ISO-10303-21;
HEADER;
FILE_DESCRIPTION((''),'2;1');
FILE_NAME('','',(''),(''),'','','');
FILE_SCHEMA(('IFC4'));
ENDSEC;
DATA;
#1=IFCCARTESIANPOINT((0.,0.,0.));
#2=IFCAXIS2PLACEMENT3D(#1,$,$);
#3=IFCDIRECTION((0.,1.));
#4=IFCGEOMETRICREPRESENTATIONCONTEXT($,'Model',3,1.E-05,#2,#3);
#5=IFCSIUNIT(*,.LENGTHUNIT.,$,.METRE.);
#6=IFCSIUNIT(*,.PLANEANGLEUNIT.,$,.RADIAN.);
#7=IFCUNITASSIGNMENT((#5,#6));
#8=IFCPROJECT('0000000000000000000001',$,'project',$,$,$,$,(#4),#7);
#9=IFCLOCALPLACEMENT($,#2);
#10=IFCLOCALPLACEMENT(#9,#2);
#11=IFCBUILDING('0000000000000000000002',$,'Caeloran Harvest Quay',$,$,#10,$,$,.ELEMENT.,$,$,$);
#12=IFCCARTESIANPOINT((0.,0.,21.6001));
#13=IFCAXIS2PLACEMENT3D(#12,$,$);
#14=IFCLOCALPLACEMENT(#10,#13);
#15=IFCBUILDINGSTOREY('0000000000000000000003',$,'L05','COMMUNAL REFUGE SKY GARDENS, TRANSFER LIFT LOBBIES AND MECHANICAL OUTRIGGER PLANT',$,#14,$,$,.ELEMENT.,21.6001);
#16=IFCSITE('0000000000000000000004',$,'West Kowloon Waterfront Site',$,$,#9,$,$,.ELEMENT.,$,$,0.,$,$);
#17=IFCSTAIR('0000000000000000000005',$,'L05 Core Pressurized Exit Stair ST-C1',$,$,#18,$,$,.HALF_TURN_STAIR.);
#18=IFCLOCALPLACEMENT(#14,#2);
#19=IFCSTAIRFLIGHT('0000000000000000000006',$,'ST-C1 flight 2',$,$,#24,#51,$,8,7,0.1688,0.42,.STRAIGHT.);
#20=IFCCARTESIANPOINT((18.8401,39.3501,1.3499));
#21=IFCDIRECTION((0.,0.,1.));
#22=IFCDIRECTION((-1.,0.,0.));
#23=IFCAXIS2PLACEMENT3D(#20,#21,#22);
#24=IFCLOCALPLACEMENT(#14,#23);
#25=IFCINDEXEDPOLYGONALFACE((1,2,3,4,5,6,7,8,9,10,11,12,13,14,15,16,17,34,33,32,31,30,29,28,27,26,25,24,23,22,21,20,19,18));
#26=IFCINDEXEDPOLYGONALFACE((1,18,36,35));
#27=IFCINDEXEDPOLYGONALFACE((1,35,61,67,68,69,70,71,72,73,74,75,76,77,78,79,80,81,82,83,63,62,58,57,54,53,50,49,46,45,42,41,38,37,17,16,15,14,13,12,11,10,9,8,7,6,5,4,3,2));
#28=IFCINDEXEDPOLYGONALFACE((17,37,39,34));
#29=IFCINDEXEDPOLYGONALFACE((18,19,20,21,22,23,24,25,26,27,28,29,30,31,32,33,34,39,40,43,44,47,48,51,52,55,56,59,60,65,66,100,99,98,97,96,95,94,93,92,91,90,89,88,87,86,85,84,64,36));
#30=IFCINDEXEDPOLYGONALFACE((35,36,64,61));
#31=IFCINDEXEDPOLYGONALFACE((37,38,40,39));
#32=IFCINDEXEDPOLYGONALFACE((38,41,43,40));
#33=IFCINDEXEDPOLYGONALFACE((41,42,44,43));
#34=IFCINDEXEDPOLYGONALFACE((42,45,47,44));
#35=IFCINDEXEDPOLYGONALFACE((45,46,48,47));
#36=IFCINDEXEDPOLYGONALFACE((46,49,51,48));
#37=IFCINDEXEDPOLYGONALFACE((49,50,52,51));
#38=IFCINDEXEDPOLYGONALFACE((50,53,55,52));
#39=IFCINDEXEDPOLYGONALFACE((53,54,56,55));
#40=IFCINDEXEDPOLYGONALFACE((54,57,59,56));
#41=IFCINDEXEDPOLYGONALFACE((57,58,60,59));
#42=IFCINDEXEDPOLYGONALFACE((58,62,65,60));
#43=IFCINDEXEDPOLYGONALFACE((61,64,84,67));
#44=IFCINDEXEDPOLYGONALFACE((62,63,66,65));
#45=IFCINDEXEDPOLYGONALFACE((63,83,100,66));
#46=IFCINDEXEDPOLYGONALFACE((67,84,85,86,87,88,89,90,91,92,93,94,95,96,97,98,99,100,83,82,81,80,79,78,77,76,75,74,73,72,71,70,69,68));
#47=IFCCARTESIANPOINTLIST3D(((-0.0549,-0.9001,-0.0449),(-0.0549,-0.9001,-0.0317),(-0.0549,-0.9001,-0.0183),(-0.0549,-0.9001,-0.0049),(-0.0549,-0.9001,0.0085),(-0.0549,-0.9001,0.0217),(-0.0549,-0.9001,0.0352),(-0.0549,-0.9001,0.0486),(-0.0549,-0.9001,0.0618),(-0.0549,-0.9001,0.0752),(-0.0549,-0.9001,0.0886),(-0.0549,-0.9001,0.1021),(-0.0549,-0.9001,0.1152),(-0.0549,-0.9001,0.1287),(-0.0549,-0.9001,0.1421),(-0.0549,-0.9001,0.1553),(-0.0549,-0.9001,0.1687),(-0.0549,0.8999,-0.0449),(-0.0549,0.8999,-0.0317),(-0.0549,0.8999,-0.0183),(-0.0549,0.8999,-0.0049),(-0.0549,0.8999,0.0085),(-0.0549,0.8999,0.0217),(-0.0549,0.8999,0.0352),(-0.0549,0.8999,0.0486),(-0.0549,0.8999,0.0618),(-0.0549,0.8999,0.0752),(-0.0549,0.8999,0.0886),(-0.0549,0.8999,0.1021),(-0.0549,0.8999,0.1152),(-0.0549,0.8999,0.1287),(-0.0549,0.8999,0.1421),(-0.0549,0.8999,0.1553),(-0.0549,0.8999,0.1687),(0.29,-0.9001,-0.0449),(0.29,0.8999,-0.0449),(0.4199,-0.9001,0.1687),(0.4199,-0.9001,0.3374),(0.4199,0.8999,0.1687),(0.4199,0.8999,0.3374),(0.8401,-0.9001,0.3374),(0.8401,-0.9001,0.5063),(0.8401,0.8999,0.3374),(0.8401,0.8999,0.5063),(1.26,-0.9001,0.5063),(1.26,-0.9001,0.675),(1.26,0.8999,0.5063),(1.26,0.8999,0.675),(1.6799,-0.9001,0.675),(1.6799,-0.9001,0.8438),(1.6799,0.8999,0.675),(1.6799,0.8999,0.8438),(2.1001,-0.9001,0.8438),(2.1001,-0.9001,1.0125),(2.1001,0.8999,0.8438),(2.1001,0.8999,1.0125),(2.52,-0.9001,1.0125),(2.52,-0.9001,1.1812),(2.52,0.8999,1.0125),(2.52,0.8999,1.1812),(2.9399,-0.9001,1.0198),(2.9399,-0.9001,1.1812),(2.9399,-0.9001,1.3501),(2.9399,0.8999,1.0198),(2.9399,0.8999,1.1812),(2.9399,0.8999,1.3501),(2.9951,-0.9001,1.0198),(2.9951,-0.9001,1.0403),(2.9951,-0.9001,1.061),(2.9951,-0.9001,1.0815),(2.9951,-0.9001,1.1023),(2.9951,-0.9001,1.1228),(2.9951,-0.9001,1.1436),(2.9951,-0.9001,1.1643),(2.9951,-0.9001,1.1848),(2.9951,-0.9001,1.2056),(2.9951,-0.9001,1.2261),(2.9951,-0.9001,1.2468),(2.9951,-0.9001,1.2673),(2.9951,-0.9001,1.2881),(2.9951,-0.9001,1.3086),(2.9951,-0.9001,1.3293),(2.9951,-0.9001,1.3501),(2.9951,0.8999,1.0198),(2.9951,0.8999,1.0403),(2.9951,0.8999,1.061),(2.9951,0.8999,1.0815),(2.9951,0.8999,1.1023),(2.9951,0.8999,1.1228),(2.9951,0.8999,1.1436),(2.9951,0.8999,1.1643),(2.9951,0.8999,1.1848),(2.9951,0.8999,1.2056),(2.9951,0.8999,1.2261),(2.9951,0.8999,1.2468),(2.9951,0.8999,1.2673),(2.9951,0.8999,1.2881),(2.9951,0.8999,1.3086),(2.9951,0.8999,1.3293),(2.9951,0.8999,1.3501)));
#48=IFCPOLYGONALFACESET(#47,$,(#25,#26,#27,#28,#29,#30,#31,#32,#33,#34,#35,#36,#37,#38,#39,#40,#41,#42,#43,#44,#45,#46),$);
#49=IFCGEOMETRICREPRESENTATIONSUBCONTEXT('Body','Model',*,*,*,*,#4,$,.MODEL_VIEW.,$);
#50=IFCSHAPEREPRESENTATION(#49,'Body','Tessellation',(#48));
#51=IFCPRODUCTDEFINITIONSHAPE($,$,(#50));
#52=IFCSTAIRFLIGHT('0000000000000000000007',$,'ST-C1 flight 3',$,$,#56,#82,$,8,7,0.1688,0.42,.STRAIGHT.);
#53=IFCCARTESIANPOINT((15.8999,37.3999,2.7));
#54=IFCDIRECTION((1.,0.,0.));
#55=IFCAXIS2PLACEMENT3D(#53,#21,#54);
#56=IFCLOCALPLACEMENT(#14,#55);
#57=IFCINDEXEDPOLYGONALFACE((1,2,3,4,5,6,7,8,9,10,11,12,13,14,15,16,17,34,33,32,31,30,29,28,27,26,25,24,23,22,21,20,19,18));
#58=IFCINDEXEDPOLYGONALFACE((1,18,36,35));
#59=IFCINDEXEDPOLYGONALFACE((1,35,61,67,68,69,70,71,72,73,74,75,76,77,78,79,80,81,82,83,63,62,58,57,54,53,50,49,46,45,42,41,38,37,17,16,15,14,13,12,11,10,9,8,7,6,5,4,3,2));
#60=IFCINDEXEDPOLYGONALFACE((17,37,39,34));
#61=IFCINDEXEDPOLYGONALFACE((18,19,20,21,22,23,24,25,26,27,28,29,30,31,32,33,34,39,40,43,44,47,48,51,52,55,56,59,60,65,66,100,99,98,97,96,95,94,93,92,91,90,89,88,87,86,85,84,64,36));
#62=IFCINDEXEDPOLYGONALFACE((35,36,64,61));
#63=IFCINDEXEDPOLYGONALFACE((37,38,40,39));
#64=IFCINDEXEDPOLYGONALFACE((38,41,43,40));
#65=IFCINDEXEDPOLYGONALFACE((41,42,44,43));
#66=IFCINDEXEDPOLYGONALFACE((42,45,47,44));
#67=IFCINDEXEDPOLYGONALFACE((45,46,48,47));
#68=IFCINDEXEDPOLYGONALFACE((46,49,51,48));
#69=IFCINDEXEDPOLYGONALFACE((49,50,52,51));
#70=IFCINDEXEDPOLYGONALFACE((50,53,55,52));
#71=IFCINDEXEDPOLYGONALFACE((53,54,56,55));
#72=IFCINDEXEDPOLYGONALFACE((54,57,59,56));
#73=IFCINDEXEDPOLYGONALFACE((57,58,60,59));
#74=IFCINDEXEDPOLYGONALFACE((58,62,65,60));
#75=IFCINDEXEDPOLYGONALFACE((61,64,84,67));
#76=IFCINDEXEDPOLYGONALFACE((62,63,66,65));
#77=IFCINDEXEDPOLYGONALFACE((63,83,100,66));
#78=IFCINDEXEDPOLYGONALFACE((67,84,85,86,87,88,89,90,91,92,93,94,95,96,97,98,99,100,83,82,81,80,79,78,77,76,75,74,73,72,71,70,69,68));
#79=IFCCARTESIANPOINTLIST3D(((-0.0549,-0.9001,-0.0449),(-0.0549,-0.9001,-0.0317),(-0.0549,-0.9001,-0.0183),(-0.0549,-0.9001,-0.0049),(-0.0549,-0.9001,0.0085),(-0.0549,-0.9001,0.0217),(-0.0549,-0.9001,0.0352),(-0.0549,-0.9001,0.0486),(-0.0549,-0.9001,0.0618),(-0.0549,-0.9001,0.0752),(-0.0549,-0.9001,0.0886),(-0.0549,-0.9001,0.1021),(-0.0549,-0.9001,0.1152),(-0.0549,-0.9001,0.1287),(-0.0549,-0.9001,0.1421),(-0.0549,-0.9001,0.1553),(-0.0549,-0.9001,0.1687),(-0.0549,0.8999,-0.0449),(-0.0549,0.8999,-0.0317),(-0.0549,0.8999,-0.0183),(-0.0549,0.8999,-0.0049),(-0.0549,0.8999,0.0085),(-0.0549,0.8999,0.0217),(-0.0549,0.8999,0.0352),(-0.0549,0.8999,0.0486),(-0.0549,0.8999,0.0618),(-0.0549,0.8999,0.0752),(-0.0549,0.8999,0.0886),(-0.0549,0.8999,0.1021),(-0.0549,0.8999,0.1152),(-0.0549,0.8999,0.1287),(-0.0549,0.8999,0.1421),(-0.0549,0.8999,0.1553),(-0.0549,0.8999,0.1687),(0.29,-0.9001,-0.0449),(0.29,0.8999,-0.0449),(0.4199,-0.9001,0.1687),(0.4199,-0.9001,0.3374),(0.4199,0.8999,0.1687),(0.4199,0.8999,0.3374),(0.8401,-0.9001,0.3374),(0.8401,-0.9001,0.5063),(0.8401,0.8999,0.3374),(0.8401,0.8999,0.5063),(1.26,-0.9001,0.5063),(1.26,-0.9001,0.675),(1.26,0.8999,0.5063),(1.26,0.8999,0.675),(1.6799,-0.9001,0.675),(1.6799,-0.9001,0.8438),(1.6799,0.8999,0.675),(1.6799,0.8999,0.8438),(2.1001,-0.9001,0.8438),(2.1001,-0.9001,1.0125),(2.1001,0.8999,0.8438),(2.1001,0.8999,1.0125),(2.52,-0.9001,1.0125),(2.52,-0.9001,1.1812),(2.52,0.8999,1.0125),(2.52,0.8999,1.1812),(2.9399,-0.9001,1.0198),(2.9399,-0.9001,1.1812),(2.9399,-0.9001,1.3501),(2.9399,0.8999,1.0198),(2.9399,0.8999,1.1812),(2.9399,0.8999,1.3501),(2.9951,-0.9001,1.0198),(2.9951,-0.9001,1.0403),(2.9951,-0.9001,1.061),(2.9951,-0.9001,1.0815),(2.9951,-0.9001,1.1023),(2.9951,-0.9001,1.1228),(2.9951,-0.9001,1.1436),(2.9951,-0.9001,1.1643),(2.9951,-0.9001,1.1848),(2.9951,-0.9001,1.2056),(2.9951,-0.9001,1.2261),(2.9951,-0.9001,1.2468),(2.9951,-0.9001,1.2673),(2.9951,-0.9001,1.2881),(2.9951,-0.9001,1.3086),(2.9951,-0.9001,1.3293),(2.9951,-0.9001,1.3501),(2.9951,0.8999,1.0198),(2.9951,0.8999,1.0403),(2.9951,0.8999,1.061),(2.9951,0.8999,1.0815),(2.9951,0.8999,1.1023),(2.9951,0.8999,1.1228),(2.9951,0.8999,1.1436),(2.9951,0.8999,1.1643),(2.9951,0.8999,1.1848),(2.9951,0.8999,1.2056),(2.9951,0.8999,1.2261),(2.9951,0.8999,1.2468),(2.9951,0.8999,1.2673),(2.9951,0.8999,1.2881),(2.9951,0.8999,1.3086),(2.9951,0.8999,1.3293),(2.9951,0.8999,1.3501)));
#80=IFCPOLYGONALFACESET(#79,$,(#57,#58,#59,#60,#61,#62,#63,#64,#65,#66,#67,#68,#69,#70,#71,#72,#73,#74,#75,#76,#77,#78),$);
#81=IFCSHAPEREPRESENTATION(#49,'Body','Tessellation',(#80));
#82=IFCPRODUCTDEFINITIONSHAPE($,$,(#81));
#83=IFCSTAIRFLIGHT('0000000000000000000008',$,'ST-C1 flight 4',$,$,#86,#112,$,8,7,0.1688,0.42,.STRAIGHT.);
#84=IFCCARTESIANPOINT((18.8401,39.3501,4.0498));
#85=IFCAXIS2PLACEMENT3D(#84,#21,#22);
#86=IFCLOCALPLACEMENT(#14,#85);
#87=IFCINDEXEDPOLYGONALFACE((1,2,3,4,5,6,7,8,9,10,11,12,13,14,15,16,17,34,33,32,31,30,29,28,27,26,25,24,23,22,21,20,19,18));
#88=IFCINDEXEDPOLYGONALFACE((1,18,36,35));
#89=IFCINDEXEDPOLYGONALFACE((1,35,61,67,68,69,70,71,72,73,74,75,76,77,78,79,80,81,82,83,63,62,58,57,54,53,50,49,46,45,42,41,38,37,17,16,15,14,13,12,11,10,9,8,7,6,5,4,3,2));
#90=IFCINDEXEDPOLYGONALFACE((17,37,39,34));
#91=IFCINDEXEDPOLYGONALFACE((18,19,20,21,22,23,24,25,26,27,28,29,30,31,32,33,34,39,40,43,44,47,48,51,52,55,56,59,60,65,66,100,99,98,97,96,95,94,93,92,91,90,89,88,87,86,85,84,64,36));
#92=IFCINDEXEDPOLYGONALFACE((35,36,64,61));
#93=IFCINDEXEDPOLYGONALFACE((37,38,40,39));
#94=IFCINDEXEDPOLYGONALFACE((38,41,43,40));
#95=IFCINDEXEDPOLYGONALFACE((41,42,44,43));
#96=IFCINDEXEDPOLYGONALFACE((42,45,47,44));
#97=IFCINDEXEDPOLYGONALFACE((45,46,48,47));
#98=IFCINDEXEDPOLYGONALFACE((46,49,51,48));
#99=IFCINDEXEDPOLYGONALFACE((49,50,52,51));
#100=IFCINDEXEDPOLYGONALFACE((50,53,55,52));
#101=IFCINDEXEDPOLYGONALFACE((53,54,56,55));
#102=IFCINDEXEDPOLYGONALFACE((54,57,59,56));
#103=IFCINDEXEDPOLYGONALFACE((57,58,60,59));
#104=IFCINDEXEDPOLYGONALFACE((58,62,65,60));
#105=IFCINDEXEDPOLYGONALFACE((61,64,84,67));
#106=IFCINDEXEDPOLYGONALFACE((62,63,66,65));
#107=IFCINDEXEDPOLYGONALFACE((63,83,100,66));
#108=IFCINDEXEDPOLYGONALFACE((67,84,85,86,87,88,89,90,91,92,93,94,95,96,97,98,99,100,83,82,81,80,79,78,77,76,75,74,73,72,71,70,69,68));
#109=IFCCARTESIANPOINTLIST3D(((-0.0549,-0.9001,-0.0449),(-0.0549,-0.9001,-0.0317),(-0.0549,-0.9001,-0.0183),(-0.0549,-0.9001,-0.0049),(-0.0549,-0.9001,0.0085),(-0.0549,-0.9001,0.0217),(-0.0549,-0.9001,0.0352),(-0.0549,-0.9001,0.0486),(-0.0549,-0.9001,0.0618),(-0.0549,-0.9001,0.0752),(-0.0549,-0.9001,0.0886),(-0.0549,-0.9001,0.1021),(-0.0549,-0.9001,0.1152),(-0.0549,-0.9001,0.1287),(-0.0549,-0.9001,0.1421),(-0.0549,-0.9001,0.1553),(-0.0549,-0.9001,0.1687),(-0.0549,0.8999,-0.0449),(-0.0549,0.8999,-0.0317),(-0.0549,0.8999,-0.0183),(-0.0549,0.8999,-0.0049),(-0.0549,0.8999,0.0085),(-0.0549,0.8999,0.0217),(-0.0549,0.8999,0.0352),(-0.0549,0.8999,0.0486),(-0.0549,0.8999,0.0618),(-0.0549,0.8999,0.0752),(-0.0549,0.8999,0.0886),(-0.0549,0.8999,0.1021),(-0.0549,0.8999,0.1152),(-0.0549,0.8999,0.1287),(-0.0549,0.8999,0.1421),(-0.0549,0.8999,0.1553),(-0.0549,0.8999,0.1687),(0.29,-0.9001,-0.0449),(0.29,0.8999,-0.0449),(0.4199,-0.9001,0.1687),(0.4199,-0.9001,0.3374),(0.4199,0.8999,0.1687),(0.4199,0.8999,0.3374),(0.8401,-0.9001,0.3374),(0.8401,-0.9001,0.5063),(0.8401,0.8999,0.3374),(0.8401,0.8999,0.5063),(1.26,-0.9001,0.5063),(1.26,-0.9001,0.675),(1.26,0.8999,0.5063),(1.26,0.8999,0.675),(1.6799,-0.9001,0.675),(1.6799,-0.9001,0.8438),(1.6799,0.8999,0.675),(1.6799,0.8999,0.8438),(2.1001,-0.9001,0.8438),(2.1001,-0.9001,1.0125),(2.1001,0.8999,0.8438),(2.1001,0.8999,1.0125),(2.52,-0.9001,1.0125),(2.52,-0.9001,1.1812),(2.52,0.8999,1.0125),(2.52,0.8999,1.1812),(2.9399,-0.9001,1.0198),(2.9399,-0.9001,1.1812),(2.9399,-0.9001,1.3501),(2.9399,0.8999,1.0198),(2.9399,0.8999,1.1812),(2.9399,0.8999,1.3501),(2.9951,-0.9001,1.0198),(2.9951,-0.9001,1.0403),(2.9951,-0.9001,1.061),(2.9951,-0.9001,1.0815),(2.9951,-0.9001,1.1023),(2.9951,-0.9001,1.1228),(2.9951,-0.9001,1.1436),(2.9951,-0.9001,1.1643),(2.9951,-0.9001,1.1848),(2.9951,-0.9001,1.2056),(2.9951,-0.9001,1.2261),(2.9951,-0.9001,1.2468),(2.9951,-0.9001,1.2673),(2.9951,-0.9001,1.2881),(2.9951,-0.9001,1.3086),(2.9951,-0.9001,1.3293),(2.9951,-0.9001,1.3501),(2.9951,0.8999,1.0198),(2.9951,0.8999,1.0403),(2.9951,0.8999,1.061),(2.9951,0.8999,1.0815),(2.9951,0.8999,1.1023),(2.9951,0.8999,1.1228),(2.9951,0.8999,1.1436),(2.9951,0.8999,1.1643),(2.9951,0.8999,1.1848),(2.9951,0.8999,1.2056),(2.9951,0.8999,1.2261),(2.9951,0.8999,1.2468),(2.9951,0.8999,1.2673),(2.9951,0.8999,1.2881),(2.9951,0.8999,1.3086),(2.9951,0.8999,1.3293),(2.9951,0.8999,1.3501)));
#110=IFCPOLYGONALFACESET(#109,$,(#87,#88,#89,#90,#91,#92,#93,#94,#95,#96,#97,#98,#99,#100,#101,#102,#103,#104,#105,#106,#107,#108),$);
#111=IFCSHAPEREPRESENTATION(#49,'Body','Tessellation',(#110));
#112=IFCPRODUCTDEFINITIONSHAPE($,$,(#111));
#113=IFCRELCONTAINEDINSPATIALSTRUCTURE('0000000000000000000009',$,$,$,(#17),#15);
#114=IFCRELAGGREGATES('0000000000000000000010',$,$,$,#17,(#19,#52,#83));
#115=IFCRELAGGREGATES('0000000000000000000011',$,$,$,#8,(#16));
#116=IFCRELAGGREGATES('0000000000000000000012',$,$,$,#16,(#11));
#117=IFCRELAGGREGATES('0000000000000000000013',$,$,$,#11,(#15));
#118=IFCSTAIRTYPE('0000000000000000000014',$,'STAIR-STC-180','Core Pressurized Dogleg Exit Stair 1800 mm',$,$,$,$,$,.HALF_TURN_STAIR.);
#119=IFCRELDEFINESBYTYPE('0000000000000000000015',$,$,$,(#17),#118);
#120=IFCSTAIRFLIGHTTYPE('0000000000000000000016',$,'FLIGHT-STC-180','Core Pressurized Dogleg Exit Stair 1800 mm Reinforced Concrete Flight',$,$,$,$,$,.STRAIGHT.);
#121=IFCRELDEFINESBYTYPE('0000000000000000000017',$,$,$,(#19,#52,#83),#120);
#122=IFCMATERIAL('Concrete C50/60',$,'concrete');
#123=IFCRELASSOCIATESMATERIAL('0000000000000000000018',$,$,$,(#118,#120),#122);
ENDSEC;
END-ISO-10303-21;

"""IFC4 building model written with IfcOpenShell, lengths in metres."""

from ifc_helpers import new_model, si_unit, direction, frame, origin, place, context, subcontext, project, spatial, polyline, outline, extrude, material, type_object, element, aggregate, save


model = new_model("IFC4")

# Units and contexts
model_context = context("Model", 3, precision=1e-05, world=origin(), true_north=direction((0.0, 1.0)))
body_context = subcontext(model_context, "Body", "Model", "MODEL_VIEW")
ifc_project = project(units=[si_unit("LENGTHUNIT", "METRE"), si_unit("PLANEANGLEUNIT", "RADIAN")], contexts=[model_context])

# Site, building, storey
site_placement = place(None, origin())
site = spatial("IfcSite", under=ifc_project, at=site_placement, Name="West Kowloon Waterfront Site", CompositionType="ELEMENT", RefElevation=0.0)
building_placement = place(site_placement, origin())
building = spatial("IfcBuilding", under=site, at=building_placement, Name="Caeloran Harvest Quay", CompositionType="ELEMENT")
storey_placement = place(building_placement, frame((0.0, 0.0, 21.6001)))
storey = spatial("IfcBuildingStorey", under=building, at=storey_placement, Name="L05", Description="COMMUNAL REFUGE SKY GARDENS, TRANSFER LIFT LOBBIES AND MECHANICAL OUTRIGGER PLANT", CompositionType="ELEMENT", Elevation=21.6001)

# Shared definitions
ifc_material_1 = material(Name="Concrete C50/60", Category="concrete")

# Stair, stair flights
stair_type = type_object("IfcStairType", Name="STAIR-STC-180", Description="Core Pressurized Dogleg Exit Stair 1800 mm", PredefinedType="HALF_TURN_STAIR", material=ifc_material_1)
stair_1_placement = place(storey_placement, origin())
stair_1 = element("IfcStair", 1, at=stair_1_placement, inside=storey, type_object=stair_type, Name="L05 Core Pressurized Exit Stair ST-C1", PredefinedType="HALF_TURN_STAIR")
stair_flight_type = type_object("IfcStairFlightType", Name="FLIGHT-STC-180", Description="Core Pressurized Dogleg Exit Stair 1800 mm Reinforced Concrete Flight", PredefinedType="STRAIGHT", material=ifc_material_1)
stair_flight_1_placement = place(storey_placement, frame((18.8401, 39.3501, 1.3499), z_axis=(0.0, 0.0, 1.0), x_axis=(-1.0, 0.0, 0.0)))
stair_flight_1 = element("IfcStairFlight", 2, at=stair_flight_1_placement, type_object=stair_flight_type, Name="ST-C1 flight 2", NumberOfRisers=8, NumberOfTreads=7, PredefinedType="STRAIGHT", RiserHeight=0.1688, TreadLength=0.42, context=body_context, shape_type="SweptSolid", body=[
    extrude(outline(polyline([(-0.0549, -0.0449), (-0.0549, -0.0317), (-0.0549, -0.0183), (-0.0549, -0.0049), (-0.0549, 0.0085), (-0.0549, 0.0217), (-0.0549, 0.0352), (-0.0549, 0.0486), (-0.0549, 0.0618), (-0.0549, 0.0752), (-0.0549, 0.0886), (-0.0549, 0.1021), (-0.0549, 0.1152), (-0.0549, 0.1287), (-0.0549, 0.1421), (-0.0549, 0.1553), (-0.0549, 0.1687), (0.4199, 0.1687), (0.4199, 0.3374), (0.8401, 0.3374), (0.8401, 0.5063), (1.26, 0.5063), (1.26, 0.675), (1.6799, 0.675), (1.6799, 0.8438), (2.1001, 0.8438), (2.1001, 1.0125), (2.52, 1.0125), (2.52, 1.1812), (2.9399, 1.1812), (2.9399, 1.3501), (2.9951, 1.3501), (2.9951, 1.3293), (2.9951, 1.3086), (2.9951, 1.2881), (2.9951, 1.2673), (2.9951, 1.2468), (2.9951, 1.2261), (2.9951, 1.2056), (2.9951, 1.1848), (2.9951, 1.1643), (2.9951, 1.1436), (2.9951, 1.1228), (2.9951, 1.1023), (2.9951, 1.0815), (2.9951, 1.061), (2.9951, 1.0403), (2.9951, 1.0198), (2.9399, 1.0198), (0.29, -0.0449), (-0.0549, -0.0449)])), frame((0.0, 0.8999, 0.0), z_axis=(0.0, -1.0, 0.0), x_axis=(1.0, 0.0, 0.0)), (0.0, 0.0, 1.0), 1.8),
])
stair_flight_2_placement = place(storey_placement, frame((15.8999, 37.3999, 2.7), z_axis=(0.0, 0.0, 1.0), x_axis=(1.0, 0.0, 0.0)))
stair_flight_2 = element("IfcStairFlight", 3, at=stair_flight_2_placement, type_object=stair_flight_type, Name="ST-C1 flight 3", NumberOfRisers=8, NumberOfTreads=7, PredefinedType="STRAIGHT", RiserHeight=0.1688, TreadLength=0.42, context=body_context, shape_type="SweptSolid", body=[
    extrude(outline(polyline([(-0.0549, -0.0449), (-0.0549, -0.0317), (-0.0549, -0.0183), (-0.0549, -0.0049), (-0.0549, 0.0085), (-0.0549, 0.0217), (-0.0549, 0.0352), (-0.0549, 0.0486), (-0.0549, 0.0618), (-0.0549, 0.0752), (-0.0549, 0.0886), (-0.0549, 0.1021), (-0.0549, 0.1152), (-0.0549, 0.1287), (-0.0549, 0.1421), (-0.0549, 0.1553), (-0.0549, 0.1687), (0.4199, 0.1687), (0.4199, 0.3374), (0.8401, 0.3374), (0.8401, 0.5063), (1.26, 0.5063), (1.26, 0.675), (1.6799, 0.675), (1.6799, 0.8438), (2.1001, 0.8438), (2.1001, 1.0125), (2.52, 1.0125), (2.52, 1.1812), (2.9399, 1.1812), (2.9399, 1.3501), (2.9951, 1.3501), (2.9951, 1.3293), (2.9951, 1.3086), (2.9951, 1.2881), (2.9951, 1.2673), (2.9951, 1.2468), (2.9951, 1.2261), (2.9951, 1.2056), (2.9951, 1.1848), (2.9951, 1.1643), (2.9951, 1.1436), (2.9951, 1.1228), (2.9951, 1.1023), (2.9951, 1.0815), (2.9951, 1.061), (2.9951, 1.0403), (2.9951, 1.0198), (2.9399, 1.0198), (0.29, -0.0449), (-0.0549, -0.0449)])), frame((0.0, 0.8999, 0.0), z_axis=(0.0, -1.0, 0.0), x_axis=(1.0, 0.0, 0.0)), (0.0, 0.0, 1.0), 1.8),
])
stair_flight_3_placement = place(storey_placement, frame((18.8401, 39.3501, 4.0498), z_axis=(0.0, 0.0, 1.0), x_axis=(-1.0, 0.0, 0.0)))
stair_flight_3 = element("IfcStairFlight", 4, at=stair_flight_3_placement, type_object=stair_flight_type, Name="ST-C1 flight 4", NumberOfRisers=8, NumberOfTreads=7, PredefinedType="STRAIGHT", RiserHeight=0.1688, TreadLength=0.42, context=body_context, shape_type="SweptSolid", body=[
    extrude(outline(polyline([(-0.0549, -0.0449), (-0.0549, -0.0317), (-0.0549, -0.0183), (-0.0549, -0.0049), (-0.0549, 0.0085), (-0.0549, 0.0217), (-0.0549, 0.0352), (-0.0549, 0.0486), (-0.0549, 0.0618), (-0.0549, 0.0752), (-0.0549, 0.0886), (-0.0549, 0.1021), (-0.0549, 0.1152), (-0.0549, 0.1287), (-0.0549, 0.1421), (-0.0549, 0.1553), (-0.0549, 0.1687), (0.4199, 0.1687), (0.4199, 0.3374), (0.8401, 0.3374), (0.8401, 0.5063), (1.26, 0.5063), (1.26, 0.675), (1.6799, 0.675), (1.6799, 0.8438), (2.1001, 0.8438), (2.1001, 1.0125), (2.52, 1.0125), (2.52, 1.1812), (2.9399, 1.1812), (2.9399, 1.3501), (2.9951, 1.3501), (2.9951, 1.3293), (2.9951, 1.3086), (2.9951, 1.2881), (2.9951, 1.2673), (2.9951, 1.2468), (2.9951, 1.2261), (2.9951, 1.2056), (2.9951, 1.1848), (2.9951, 1.1643), (2.9951, 1.1436), (2.9951, 1.1228), (2.9951, 1.1023), (2.9951, 1.0815), (2.9951, 1.061), (2.9951, 1.0403), (2.9951, 1.0198), (2.9399, 1.0198), (0.29, -0.0449), (-0.0549, -0.0449)])), frame((0.0, 0.8999, 0.0), z_axis=(0.0, -1.0, 0.0), x_axis=(1.0, 0.0, 0.0)), (0.0, 0.0, 1.0), 1.8),
])
aggregate(stair_1, [stair_flight_1, stair_flight_2, stair_flight_3])

save(model, "model.ifc")
